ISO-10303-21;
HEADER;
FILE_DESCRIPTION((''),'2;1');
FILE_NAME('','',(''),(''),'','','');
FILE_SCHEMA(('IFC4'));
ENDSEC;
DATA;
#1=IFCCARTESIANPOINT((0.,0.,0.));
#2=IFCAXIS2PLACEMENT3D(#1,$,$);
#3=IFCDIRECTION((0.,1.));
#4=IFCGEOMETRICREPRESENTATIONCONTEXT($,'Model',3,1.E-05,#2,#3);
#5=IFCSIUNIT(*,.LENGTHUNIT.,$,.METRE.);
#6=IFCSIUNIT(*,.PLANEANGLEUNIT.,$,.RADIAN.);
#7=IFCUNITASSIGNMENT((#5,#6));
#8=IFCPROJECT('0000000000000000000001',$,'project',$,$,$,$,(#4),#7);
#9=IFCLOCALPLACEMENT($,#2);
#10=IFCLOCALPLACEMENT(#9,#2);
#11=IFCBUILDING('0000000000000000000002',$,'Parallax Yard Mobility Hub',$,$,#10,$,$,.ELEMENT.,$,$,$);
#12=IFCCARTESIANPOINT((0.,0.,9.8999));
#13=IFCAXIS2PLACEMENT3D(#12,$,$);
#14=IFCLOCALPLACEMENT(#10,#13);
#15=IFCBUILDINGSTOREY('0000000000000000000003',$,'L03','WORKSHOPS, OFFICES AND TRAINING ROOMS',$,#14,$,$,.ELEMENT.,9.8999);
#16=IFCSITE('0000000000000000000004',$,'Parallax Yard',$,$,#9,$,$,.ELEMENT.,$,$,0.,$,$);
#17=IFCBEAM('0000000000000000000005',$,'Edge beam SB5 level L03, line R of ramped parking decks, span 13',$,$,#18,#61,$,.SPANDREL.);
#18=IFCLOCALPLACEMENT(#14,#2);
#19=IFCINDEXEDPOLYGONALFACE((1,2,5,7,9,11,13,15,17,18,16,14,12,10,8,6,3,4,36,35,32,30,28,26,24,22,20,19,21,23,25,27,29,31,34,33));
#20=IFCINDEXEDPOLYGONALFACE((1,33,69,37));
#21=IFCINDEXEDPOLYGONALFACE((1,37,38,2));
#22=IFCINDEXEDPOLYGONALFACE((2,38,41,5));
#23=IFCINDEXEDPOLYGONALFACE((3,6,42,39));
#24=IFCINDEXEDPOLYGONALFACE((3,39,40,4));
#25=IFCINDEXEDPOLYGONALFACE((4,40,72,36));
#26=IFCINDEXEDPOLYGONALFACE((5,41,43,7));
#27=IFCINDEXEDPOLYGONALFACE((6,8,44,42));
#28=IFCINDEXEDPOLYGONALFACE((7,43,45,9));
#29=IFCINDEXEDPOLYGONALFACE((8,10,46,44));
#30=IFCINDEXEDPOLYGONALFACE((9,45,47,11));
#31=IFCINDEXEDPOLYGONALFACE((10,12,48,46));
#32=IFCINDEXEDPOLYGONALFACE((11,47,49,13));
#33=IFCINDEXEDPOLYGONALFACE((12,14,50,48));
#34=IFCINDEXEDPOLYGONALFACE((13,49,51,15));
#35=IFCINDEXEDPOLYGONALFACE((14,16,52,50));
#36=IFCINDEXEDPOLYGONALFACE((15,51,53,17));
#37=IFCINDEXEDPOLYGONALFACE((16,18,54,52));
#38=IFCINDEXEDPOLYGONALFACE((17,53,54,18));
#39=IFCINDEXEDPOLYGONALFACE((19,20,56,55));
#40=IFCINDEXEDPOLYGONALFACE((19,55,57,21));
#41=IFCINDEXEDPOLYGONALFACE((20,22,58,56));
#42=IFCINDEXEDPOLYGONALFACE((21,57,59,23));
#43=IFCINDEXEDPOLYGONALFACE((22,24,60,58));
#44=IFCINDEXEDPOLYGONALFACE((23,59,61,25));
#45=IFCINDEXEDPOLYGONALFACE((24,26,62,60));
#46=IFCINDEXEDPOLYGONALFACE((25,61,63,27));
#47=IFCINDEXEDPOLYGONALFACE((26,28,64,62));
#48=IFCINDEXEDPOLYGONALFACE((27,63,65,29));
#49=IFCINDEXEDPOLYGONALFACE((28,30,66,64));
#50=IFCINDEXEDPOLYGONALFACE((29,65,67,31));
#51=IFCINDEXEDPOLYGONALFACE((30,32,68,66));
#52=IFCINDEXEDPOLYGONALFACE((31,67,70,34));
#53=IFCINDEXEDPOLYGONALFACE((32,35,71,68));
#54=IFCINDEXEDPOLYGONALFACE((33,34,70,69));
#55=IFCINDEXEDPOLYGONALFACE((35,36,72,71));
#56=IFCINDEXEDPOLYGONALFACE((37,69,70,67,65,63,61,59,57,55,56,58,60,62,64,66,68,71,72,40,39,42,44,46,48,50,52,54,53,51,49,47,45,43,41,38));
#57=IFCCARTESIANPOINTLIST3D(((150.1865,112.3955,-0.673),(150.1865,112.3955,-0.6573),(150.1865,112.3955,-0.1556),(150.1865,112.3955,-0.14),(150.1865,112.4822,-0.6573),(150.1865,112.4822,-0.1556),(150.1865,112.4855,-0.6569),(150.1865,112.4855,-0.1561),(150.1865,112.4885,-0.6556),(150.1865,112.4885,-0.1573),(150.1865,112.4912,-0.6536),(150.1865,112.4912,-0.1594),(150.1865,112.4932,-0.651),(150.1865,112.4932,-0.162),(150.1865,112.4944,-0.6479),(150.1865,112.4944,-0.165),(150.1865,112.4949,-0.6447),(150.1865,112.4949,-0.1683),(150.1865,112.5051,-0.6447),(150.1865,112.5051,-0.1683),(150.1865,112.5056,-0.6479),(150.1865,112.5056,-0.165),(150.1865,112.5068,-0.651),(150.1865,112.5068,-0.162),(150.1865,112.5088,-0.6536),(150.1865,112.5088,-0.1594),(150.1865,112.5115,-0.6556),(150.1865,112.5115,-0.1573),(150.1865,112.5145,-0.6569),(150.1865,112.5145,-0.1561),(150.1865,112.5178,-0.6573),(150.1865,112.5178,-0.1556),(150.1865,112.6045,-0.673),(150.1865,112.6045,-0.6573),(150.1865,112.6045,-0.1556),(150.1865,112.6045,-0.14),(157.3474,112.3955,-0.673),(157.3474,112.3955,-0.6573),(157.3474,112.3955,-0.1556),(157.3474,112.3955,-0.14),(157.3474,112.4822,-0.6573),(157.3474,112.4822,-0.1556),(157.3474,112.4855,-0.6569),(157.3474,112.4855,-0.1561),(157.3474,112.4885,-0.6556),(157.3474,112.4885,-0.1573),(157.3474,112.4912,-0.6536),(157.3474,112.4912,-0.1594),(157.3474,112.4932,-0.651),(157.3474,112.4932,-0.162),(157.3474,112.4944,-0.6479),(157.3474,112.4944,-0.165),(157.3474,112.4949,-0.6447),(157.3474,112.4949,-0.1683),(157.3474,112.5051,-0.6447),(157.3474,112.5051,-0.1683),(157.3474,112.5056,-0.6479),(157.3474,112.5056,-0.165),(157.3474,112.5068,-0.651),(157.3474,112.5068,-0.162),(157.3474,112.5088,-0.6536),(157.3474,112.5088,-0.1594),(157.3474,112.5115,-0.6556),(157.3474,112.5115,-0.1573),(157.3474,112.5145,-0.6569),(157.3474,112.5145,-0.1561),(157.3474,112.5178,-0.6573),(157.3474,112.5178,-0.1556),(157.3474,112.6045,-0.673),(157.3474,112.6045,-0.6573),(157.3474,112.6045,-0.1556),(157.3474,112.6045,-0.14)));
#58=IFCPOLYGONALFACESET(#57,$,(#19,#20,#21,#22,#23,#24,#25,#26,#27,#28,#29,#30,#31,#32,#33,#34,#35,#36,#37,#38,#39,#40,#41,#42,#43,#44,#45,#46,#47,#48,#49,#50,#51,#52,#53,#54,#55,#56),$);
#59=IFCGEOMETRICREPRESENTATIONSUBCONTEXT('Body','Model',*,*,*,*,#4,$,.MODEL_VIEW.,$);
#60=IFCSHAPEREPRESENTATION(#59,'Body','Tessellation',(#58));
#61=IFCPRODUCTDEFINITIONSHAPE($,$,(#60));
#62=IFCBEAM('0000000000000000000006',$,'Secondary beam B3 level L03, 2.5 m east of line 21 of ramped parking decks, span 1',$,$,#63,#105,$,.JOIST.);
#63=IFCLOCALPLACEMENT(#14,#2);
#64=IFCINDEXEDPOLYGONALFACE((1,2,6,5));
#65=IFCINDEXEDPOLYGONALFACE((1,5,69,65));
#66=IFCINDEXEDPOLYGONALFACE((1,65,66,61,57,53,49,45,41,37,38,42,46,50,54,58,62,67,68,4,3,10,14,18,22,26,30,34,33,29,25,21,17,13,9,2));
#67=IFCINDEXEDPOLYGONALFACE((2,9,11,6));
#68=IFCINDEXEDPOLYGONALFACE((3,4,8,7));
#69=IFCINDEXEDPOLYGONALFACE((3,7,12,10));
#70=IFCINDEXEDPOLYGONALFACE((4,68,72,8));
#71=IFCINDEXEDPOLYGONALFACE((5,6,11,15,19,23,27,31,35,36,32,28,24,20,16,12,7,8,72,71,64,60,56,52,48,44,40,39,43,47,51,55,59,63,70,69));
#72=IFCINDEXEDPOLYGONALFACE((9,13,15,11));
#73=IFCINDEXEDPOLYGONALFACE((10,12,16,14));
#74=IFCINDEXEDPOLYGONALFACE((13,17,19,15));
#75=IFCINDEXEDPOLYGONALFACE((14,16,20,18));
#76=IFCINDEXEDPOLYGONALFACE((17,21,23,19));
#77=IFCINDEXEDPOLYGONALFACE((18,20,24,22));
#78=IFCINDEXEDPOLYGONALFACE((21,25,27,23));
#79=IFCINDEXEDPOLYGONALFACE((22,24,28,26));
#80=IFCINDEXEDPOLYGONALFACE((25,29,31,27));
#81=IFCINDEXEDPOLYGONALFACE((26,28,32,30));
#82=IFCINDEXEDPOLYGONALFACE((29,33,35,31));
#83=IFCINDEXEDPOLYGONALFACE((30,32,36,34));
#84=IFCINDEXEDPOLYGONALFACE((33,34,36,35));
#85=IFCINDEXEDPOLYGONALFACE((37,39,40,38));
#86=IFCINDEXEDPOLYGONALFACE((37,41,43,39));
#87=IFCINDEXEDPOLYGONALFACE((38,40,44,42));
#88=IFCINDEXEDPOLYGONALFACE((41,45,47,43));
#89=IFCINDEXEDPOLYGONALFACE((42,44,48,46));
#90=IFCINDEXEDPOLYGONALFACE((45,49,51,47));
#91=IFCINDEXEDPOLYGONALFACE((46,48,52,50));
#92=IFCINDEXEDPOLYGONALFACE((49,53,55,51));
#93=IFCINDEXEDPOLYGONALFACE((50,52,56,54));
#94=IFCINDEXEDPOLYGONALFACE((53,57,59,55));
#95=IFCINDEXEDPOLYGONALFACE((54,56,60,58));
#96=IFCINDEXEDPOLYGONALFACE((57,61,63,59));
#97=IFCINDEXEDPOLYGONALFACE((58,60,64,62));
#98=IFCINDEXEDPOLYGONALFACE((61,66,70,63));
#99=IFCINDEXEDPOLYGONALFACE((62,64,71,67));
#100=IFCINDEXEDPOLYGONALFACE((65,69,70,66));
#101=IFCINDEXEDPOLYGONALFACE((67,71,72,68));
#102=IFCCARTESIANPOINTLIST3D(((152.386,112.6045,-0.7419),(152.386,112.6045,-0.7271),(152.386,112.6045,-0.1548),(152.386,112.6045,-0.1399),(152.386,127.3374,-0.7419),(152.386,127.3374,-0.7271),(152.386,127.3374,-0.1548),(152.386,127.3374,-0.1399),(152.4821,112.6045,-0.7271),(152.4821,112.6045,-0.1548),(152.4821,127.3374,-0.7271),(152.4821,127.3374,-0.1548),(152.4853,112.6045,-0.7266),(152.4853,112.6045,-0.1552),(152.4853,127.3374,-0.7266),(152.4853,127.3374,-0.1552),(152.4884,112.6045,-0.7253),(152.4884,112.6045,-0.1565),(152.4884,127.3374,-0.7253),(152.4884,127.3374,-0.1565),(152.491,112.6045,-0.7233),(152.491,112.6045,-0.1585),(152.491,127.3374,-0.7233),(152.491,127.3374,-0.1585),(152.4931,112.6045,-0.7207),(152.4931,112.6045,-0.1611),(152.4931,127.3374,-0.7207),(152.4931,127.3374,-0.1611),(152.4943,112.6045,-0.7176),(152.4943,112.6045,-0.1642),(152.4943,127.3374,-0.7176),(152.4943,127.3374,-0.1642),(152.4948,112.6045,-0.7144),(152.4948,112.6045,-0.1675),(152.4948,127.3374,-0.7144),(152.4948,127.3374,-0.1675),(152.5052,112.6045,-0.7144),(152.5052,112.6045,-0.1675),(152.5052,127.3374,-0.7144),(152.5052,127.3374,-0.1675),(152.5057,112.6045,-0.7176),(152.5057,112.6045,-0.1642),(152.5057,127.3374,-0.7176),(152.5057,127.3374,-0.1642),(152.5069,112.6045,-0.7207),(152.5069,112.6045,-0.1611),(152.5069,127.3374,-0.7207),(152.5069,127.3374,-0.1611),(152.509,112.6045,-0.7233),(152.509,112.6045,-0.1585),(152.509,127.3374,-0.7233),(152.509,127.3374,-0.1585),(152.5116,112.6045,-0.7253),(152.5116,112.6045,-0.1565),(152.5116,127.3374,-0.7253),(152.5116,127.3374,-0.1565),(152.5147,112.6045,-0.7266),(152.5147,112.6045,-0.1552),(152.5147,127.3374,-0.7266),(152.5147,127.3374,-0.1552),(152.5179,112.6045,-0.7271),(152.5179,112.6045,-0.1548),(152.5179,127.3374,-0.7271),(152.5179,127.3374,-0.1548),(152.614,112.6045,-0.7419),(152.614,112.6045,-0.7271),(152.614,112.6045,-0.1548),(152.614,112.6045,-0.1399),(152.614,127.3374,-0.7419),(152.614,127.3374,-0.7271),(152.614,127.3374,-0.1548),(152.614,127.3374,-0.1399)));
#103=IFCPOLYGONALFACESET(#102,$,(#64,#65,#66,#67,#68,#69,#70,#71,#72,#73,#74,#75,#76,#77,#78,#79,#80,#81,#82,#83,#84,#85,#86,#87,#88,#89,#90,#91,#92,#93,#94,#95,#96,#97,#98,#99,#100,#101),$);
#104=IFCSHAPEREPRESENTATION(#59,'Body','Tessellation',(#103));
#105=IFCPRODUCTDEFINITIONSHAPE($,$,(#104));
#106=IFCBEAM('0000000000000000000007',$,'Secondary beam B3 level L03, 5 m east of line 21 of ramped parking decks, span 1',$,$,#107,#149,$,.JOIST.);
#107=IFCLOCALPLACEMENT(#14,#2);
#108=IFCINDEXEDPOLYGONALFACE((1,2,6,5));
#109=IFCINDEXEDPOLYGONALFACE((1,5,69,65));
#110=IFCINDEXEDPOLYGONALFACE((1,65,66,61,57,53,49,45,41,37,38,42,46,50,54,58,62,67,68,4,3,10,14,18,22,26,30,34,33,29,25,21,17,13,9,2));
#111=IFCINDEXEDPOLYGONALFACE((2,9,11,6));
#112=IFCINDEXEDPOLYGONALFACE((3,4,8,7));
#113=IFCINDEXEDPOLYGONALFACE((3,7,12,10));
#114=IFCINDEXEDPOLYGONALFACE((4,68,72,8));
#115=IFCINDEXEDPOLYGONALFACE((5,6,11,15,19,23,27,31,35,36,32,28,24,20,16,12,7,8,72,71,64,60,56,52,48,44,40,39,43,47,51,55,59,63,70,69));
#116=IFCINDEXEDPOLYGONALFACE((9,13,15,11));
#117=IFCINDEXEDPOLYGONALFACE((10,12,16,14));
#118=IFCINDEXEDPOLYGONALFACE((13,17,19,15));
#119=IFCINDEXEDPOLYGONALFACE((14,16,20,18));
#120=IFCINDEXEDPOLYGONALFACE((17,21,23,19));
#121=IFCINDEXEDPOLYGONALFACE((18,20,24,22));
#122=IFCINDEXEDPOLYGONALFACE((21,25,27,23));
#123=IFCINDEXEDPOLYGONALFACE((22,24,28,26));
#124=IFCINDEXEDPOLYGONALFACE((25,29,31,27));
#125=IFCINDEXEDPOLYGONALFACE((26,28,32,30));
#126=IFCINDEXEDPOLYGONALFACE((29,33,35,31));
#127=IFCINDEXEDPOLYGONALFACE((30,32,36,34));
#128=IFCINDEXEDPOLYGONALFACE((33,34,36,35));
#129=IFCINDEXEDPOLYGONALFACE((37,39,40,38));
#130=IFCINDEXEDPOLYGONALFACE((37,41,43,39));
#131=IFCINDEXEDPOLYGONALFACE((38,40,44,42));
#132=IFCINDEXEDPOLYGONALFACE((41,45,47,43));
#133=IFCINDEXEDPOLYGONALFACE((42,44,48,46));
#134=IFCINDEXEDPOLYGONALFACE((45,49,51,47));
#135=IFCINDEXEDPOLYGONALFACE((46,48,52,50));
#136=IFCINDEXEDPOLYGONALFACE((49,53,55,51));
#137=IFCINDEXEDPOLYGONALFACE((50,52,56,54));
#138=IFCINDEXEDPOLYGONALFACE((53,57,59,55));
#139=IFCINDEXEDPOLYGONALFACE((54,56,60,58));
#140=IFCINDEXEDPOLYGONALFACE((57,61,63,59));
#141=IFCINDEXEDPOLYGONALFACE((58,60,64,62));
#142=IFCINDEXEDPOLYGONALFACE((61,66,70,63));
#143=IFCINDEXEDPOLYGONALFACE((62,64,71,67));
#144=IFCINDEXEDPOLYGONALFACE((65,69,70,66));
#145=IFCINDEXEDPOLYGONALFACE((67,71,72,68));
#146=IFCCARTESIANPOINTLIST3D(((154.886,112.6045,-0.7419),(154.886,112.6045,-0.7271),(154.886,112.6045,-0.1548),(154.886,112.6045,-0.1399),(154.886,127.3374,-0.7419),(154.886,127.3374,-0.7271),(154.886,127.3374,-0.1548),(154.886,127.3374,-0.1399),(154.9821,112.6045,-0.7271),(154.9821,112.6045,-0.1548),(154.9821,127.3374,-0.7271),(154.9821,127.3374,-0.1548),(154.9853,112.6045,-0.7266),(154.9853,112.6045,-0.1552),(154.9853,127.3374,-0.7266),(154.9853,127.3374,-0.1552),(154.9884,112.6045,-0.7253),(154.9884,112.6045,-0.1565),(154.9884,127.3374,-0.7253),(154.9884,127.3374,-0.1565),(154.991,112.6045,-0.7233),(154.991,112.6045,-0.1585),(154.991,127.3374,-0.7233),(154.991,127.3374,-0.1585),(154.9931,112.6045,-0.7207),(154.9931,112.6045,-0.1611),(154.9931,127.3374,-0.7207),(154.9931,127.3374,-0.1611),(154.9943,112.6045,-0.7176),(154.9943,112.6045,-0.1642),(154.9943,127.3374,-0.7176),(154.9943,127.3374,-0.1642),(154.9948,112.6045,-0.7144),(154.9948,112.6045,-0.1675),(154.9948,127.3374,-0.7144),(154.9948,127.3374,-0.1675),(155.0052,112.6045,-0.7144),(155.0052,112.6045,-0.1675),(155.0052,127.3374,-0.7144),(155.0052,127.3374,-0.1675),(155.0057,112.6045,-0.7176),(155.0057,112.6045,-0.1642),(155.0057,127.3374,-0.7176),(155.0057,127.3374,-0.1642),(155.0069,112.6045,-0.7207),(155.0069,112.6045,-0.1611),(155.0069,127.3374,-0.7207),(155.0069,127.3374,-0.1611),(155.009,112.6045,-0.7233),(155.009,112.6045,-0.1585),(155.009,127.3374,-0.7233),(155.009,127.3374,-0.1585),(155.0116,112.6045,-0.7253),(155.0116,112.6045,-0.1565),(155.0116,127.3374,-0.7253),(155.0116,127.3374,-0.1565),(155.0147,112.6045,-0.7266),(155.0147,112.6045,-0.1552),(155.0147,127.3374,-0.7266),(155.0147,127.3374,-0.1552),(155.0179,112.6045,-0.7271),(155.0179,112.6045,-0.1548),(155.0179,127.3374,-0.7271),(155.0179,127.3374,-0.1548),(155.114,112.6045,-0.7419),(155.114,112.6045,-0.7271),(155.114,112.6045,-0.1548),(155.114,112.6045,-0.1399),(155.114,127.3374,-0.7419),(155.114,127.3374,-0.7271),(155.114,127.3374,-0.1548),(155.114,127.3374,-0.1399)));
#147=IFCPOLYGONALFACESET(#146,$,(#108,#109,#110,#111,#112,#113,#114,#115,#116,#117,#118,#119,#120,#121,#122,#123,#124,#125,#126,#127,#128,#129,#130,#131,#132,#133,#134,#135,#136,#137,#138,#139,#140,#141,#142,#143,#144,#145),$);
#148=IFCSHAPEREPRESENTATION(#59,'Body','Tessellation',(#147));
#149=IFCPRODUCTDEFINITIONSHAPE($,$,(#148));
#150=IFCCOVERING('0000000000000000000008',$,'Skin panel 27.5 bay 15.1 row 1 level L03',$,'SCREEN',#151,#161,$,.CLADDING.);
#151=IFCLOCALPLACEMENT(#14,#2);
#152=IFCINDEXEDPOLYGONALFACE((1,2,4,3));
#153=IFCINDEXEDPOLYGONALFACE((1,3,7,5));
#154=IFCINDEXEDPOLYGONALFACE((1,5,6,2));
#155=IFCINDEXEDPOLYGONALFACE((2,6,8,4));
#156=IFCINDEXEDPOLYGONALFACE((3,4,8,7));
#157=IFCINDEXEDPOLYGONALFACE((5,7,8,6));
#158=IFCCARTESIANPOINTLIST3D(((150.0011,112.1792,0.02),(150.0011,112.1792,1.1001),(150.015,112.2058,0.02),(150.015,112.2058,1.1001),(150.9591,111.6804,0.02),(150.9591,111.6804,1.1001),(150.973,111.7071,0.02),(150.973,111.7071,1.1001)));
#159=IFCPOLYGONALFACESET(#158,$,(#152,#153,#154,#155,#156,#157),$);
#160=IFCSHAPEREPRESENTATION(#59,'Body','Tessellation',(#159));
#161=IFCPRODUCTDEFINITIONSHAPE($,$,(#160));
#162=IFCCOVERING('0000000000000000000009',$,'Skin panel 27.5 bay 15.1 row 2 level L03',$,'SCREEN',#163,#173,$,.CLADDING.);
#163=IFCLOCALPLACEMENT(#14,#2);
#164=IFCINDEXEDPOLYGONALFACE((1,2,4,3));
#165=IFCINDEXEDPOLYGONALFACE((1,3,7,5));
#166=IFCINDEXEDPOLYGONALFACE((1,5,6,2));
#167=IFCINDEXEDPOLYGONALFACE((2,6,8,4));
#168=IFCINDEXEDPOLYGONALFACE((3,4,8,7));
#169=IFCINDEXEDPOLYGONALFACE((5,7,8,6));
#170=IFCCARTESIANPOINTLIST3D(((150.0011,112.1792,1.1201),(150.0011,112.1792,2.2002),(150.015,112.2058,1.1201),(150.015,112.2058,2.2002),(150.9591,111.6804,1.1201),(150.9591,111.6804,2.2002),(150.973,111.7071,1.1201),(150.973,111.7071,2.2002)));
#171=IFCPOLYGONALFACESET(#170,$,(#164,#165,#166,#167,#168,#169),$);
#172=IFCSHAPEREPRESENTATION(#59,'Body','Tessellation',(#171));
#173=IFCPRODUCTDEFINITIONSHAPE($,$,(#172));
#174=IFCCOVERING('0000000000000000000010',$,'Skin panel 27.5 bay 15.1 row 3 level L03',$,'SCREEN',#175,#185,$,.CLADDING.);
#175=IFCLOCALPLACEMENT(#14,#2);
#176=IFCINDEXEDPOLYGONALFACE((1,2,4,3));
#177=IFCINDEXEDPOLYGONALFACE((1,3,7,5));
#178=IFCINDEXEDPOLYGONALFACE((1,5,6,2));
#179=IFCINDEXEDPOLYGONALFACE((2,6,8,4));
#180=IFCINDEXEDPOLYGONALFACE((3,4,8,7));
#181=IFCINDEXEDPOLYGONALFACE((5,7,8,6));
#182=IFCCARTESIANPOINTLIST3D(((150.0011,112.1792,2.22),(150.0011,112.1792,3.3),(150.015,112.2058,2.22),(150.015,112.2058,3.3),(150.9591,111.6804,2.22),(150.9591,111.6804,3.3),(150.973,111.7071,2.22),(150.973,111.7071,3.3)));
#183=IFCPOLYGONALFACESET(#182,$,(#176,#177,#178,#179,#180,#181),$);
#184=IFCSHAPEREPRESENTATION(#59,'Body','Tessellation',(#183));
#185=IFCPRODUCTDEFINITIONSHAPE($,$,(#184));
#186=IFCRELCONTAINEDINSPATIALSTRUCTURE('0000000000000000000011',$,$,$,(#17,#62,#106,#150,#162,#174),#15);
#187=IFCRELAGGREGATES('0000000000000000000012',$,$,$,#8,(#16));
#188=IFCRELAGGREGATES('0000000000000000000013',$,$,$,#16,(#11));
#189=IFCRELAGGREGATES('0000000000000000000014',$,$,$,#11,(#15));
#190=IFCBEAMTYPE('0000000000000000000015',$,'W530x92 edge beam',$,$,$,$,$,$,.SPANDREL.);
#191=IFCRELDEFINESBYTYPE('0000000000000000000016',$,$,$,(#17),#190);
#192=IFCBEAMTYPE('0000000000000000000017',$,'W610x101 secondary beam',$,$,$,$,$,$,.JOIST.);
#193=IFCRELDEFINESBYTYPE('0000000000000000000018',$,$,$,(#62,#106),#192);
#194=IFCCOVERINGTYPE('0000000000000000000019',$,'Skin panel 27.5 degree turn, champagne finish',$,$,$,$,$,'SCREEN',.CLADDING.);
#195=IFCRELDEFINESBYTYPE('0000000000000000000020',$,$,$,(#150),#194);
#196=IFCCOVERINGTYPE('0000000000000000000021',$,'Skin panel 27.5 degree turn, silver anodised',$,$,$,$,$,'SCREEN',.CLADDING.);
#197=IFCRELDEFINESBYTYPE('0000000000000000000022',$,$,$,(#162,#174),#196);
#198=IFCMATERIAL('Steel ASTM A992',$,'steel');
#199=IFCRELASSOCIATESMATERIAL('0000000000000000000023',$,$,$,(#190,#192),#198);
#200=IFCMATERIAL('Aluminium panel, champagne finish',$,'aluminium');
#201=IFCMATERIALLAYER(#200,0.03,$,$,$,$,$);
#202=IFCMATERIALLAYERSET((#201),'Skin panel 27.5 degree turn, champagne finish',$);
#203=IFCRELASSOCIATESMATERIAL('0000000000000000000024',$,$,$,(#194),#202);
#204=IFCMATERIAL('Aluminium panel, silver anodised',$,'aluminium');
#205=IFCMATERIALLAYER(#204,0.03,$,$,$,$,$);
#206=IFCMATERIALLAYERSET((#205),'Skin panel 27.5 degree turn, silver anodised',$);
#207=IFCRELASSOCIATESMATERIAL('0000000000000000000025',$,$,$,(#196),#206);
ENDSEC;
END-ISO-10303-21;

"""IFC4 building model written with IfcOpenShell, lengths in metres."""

from ifc_helpers import new_model, si_unit, direction, frame, origin, origin_2d, place, context, subcontext, project, spatial, rectangle, i_section, extrude, material, layer, layer_set, material_profile, profile_set, type_object, element, save


model = new_model("IFC4")

# Units and contexts
model_context = context("Model", 3, precision=1e-05, world=origin(), true_north=direction((0.0, 1.0)))
body_context = subcontext(model_context, "Body", "Model", "MODEL_VIEW")
ifc_project = project(units=[si_unit("LENGTHUNIT", "METRE"), si_unit("PLANEANGLEUNIT", "RADIAN")], contexts=[model_context])

# Site, building, storey
site_placement = place(None, origin())
site = spatial("IfcSite", under=ifc_project, at=site_placement, Name="Parallax Yard", CompositionType="ELEMENT", RefElevation=0.0)
building_placement = place(site_placement, origin())
building = spatial("IfcBuilding", under=site, at=building_placement, Name="Parallax Yard Mobility Hub", CompositionType="ELEMENT")
storey_placement = place(building_placement, frame((0.0, 0.0, 9.8999)))
storey = spatial("IfcBuildingStorey", under=building, at=storey_placement, Name="L03", Description="WORKSHOPS, OFFICES AND TRAINING ROOMS", CompositionType="ELEMENT", Elevation=9.8999)

# Beams
ifc_material_1 = material(Name="Steel ASTM A992", Category="steel")
ifc_material_profile_1 = material_profile(ifc_material_1, i_section(OverallWidth=0.209, OverallDepth=0.533, WebThickness=0.0103, FlangeThickness=0.0156, FilletRadius=0.0127, at=origin_2d()), Name="W530x92")
ifc_profile_set_1 = profile_set([ifc_material_profile_1], Name="Steel ASTM A992")
beam_type_1 = type_object("IfcBeamType", Name="W530x92 edge beam", PredefinedType="SPANDREL", material=ifc_profile_set_1)
beam_placement = place(storey_placement, frame((150.1865, 112.5, -0.4065), z_axis=(1.0, 0.0, 0.0), x_axis=(0.0, 1.0, 0.0)))
element("IfcBeam", 1, at=beam_placement, inside=storey, type_object=beam_type_1, Name="Edge beam SB5 level L03, line R of ramped parking decks, span 13", PredefinedType="SPANDREL", context=body_context, shape_type="SweptSolid", body=[
    extrude(i_section(OverallWidth=0.209, OverallDepth=0.533, WebThickness=0.0103, FlangeThickness=0.0156, FilletRadius=0.0127, at=origin_2d()), origin(), (0.0, 0.0, 1.0), 7.1609),
])
ifc_material_profile_2 = material_profile(ifc_material_1, i_section(OverallWidth=0.228, OverallDepth=0.6021, WebThickness=0.0105, FlangeThickness=0.0149, FilletRadius=0.0127, at=origin_2d()), Name="W610x101")
ifc_profile_set_2 = profile_set([ifc_material_profile_2], Name="Steel ASTM A992")
beam_type_2 = type_object("IfcBeamType", Name="W610x101 secondary beam", PredefinedType="JOIST", material=ifc_profile_set_2)
for number, where, z_axis, x_axis, name in (
    (2, (152.5, 112.6045, -0.4409), (0.0, 1.0, 0.0), (-1.0, 0.0, 0.0), "Secondary beam B3 level L03, 2.5 m east of line 21 of ramped parking decks, span 1"),
    (3, (155.0, 112.6045, -0.4409), (0.0, 1.0, 0.0), (-1.0, 0.0, 0.0), "Secondary beam B3 level L03, 5 m east of line 21 of ramped parking decks, span 1"),
):
    element("IfcBeam", number, at=place(storey_placement, frame(where, z_axis=z_axis, x_axis=x_axis)), inside=storey, type_object=beam_type_2, Name=name, PredefinedType="JOIST", context=body_context, shape_type="SweptSolid", body=[
        extrude(i_section(OverallWidth=0.228, OverallDepth=0.6021, WebThickness=0.0105, FlangeThickness=0.0149, FilletRadius=0.0127, at=origin_2d()), origin(), (0.0, 0.0, 1.0), 14.7329),
    ])

# Coverings
ifc_material_2 = material(Name="Aluminium panel, champagne finish", Category="aluminium")
ifc_layer_1 = layer(ifc_material_2, 0.03)
ifc_layer_set_1 = layer_set([ifc_layer_1], Name="Skin panel 27.5 degree turn, champagne finish")
covering_type_1 = type_object("IfcCoveringType", Name="Skin panel 27.5 degree turn, champagne finish", ElementType="SCREEN", PredefinedType="CLADDING", material=ifc_layer_set_1)
covering_1_placement = place(storey_placement, frame((150.4871, 111.9431, 0.02), z_axis=(0.0, 0.0, 1.0), x_axis=(0.887011, -0.461749, 0.0)))
element("IfcCovering", 4, at=covering_1_placement, inside=storey, type_object=covering_type_1, Name="Skin panel 27.5 bay 15.1 row 1 level L03", ObjectType="SCREEN", PredefinedType="CLADDING", context=body_context, shape_type="SweptSolid", body=[
    extrude(rectangle(XDim=1.0801, YDim=0.03, at=origin_2d()), origin(), (0.0, 0.0, 1.0), 1.0801),
])
ifc_material_3 = material(Name="Aluminium panel, silver anodised", Category="aluminium")
ifc_layer_2 = layer(ifc_material_3, 0.03)
ifc_layer_set_2 = layer_set([ifc_layer_2], Name="Skin panel 27.5 degree turn, silver anodised")
covering_type_2 = type_object("IfcCoveringType", Name="Skin panel 27.5 degree turn, silver anodised", ElementType="SCREEN", PredefinedType="CLADDING", material=ifc_layer_set_2)
for number, where, z_axis, x_axis, name in (
    (5, (150.4871, 111.9431, 1.1201), (0.0, 0.0, 1.0), (0.887011, -0.461749, 0.0), "Skin panel 27.5 bay 15.1 row 2 level L03"),
    (6, (150.4871, 111.9431, 2.22), (0.0, 0.0, 1.0), (0.887011, -0.461749, 0.0), "Skin panel 27.5 bay 15.1 row 3 level L03"),
):
    element("IfcCovering", number, at=place(storey_placement, frame(where, z_axis=z_axis, x_axis=x_axis)), inside=storey, type_object=covering_type_2, Name=name, ObjectType="SCREEN", PredefinedType="CLADDING", context=body_context, shape_type="SweptSolid", body=[
        extrude(rectangle(XDim=1.0801, YDim=0.03, at=origin_2d()), origin(), (0.0, 0.0, 1.0), 1.0801),
    ])

save(model, "model.ifc")
